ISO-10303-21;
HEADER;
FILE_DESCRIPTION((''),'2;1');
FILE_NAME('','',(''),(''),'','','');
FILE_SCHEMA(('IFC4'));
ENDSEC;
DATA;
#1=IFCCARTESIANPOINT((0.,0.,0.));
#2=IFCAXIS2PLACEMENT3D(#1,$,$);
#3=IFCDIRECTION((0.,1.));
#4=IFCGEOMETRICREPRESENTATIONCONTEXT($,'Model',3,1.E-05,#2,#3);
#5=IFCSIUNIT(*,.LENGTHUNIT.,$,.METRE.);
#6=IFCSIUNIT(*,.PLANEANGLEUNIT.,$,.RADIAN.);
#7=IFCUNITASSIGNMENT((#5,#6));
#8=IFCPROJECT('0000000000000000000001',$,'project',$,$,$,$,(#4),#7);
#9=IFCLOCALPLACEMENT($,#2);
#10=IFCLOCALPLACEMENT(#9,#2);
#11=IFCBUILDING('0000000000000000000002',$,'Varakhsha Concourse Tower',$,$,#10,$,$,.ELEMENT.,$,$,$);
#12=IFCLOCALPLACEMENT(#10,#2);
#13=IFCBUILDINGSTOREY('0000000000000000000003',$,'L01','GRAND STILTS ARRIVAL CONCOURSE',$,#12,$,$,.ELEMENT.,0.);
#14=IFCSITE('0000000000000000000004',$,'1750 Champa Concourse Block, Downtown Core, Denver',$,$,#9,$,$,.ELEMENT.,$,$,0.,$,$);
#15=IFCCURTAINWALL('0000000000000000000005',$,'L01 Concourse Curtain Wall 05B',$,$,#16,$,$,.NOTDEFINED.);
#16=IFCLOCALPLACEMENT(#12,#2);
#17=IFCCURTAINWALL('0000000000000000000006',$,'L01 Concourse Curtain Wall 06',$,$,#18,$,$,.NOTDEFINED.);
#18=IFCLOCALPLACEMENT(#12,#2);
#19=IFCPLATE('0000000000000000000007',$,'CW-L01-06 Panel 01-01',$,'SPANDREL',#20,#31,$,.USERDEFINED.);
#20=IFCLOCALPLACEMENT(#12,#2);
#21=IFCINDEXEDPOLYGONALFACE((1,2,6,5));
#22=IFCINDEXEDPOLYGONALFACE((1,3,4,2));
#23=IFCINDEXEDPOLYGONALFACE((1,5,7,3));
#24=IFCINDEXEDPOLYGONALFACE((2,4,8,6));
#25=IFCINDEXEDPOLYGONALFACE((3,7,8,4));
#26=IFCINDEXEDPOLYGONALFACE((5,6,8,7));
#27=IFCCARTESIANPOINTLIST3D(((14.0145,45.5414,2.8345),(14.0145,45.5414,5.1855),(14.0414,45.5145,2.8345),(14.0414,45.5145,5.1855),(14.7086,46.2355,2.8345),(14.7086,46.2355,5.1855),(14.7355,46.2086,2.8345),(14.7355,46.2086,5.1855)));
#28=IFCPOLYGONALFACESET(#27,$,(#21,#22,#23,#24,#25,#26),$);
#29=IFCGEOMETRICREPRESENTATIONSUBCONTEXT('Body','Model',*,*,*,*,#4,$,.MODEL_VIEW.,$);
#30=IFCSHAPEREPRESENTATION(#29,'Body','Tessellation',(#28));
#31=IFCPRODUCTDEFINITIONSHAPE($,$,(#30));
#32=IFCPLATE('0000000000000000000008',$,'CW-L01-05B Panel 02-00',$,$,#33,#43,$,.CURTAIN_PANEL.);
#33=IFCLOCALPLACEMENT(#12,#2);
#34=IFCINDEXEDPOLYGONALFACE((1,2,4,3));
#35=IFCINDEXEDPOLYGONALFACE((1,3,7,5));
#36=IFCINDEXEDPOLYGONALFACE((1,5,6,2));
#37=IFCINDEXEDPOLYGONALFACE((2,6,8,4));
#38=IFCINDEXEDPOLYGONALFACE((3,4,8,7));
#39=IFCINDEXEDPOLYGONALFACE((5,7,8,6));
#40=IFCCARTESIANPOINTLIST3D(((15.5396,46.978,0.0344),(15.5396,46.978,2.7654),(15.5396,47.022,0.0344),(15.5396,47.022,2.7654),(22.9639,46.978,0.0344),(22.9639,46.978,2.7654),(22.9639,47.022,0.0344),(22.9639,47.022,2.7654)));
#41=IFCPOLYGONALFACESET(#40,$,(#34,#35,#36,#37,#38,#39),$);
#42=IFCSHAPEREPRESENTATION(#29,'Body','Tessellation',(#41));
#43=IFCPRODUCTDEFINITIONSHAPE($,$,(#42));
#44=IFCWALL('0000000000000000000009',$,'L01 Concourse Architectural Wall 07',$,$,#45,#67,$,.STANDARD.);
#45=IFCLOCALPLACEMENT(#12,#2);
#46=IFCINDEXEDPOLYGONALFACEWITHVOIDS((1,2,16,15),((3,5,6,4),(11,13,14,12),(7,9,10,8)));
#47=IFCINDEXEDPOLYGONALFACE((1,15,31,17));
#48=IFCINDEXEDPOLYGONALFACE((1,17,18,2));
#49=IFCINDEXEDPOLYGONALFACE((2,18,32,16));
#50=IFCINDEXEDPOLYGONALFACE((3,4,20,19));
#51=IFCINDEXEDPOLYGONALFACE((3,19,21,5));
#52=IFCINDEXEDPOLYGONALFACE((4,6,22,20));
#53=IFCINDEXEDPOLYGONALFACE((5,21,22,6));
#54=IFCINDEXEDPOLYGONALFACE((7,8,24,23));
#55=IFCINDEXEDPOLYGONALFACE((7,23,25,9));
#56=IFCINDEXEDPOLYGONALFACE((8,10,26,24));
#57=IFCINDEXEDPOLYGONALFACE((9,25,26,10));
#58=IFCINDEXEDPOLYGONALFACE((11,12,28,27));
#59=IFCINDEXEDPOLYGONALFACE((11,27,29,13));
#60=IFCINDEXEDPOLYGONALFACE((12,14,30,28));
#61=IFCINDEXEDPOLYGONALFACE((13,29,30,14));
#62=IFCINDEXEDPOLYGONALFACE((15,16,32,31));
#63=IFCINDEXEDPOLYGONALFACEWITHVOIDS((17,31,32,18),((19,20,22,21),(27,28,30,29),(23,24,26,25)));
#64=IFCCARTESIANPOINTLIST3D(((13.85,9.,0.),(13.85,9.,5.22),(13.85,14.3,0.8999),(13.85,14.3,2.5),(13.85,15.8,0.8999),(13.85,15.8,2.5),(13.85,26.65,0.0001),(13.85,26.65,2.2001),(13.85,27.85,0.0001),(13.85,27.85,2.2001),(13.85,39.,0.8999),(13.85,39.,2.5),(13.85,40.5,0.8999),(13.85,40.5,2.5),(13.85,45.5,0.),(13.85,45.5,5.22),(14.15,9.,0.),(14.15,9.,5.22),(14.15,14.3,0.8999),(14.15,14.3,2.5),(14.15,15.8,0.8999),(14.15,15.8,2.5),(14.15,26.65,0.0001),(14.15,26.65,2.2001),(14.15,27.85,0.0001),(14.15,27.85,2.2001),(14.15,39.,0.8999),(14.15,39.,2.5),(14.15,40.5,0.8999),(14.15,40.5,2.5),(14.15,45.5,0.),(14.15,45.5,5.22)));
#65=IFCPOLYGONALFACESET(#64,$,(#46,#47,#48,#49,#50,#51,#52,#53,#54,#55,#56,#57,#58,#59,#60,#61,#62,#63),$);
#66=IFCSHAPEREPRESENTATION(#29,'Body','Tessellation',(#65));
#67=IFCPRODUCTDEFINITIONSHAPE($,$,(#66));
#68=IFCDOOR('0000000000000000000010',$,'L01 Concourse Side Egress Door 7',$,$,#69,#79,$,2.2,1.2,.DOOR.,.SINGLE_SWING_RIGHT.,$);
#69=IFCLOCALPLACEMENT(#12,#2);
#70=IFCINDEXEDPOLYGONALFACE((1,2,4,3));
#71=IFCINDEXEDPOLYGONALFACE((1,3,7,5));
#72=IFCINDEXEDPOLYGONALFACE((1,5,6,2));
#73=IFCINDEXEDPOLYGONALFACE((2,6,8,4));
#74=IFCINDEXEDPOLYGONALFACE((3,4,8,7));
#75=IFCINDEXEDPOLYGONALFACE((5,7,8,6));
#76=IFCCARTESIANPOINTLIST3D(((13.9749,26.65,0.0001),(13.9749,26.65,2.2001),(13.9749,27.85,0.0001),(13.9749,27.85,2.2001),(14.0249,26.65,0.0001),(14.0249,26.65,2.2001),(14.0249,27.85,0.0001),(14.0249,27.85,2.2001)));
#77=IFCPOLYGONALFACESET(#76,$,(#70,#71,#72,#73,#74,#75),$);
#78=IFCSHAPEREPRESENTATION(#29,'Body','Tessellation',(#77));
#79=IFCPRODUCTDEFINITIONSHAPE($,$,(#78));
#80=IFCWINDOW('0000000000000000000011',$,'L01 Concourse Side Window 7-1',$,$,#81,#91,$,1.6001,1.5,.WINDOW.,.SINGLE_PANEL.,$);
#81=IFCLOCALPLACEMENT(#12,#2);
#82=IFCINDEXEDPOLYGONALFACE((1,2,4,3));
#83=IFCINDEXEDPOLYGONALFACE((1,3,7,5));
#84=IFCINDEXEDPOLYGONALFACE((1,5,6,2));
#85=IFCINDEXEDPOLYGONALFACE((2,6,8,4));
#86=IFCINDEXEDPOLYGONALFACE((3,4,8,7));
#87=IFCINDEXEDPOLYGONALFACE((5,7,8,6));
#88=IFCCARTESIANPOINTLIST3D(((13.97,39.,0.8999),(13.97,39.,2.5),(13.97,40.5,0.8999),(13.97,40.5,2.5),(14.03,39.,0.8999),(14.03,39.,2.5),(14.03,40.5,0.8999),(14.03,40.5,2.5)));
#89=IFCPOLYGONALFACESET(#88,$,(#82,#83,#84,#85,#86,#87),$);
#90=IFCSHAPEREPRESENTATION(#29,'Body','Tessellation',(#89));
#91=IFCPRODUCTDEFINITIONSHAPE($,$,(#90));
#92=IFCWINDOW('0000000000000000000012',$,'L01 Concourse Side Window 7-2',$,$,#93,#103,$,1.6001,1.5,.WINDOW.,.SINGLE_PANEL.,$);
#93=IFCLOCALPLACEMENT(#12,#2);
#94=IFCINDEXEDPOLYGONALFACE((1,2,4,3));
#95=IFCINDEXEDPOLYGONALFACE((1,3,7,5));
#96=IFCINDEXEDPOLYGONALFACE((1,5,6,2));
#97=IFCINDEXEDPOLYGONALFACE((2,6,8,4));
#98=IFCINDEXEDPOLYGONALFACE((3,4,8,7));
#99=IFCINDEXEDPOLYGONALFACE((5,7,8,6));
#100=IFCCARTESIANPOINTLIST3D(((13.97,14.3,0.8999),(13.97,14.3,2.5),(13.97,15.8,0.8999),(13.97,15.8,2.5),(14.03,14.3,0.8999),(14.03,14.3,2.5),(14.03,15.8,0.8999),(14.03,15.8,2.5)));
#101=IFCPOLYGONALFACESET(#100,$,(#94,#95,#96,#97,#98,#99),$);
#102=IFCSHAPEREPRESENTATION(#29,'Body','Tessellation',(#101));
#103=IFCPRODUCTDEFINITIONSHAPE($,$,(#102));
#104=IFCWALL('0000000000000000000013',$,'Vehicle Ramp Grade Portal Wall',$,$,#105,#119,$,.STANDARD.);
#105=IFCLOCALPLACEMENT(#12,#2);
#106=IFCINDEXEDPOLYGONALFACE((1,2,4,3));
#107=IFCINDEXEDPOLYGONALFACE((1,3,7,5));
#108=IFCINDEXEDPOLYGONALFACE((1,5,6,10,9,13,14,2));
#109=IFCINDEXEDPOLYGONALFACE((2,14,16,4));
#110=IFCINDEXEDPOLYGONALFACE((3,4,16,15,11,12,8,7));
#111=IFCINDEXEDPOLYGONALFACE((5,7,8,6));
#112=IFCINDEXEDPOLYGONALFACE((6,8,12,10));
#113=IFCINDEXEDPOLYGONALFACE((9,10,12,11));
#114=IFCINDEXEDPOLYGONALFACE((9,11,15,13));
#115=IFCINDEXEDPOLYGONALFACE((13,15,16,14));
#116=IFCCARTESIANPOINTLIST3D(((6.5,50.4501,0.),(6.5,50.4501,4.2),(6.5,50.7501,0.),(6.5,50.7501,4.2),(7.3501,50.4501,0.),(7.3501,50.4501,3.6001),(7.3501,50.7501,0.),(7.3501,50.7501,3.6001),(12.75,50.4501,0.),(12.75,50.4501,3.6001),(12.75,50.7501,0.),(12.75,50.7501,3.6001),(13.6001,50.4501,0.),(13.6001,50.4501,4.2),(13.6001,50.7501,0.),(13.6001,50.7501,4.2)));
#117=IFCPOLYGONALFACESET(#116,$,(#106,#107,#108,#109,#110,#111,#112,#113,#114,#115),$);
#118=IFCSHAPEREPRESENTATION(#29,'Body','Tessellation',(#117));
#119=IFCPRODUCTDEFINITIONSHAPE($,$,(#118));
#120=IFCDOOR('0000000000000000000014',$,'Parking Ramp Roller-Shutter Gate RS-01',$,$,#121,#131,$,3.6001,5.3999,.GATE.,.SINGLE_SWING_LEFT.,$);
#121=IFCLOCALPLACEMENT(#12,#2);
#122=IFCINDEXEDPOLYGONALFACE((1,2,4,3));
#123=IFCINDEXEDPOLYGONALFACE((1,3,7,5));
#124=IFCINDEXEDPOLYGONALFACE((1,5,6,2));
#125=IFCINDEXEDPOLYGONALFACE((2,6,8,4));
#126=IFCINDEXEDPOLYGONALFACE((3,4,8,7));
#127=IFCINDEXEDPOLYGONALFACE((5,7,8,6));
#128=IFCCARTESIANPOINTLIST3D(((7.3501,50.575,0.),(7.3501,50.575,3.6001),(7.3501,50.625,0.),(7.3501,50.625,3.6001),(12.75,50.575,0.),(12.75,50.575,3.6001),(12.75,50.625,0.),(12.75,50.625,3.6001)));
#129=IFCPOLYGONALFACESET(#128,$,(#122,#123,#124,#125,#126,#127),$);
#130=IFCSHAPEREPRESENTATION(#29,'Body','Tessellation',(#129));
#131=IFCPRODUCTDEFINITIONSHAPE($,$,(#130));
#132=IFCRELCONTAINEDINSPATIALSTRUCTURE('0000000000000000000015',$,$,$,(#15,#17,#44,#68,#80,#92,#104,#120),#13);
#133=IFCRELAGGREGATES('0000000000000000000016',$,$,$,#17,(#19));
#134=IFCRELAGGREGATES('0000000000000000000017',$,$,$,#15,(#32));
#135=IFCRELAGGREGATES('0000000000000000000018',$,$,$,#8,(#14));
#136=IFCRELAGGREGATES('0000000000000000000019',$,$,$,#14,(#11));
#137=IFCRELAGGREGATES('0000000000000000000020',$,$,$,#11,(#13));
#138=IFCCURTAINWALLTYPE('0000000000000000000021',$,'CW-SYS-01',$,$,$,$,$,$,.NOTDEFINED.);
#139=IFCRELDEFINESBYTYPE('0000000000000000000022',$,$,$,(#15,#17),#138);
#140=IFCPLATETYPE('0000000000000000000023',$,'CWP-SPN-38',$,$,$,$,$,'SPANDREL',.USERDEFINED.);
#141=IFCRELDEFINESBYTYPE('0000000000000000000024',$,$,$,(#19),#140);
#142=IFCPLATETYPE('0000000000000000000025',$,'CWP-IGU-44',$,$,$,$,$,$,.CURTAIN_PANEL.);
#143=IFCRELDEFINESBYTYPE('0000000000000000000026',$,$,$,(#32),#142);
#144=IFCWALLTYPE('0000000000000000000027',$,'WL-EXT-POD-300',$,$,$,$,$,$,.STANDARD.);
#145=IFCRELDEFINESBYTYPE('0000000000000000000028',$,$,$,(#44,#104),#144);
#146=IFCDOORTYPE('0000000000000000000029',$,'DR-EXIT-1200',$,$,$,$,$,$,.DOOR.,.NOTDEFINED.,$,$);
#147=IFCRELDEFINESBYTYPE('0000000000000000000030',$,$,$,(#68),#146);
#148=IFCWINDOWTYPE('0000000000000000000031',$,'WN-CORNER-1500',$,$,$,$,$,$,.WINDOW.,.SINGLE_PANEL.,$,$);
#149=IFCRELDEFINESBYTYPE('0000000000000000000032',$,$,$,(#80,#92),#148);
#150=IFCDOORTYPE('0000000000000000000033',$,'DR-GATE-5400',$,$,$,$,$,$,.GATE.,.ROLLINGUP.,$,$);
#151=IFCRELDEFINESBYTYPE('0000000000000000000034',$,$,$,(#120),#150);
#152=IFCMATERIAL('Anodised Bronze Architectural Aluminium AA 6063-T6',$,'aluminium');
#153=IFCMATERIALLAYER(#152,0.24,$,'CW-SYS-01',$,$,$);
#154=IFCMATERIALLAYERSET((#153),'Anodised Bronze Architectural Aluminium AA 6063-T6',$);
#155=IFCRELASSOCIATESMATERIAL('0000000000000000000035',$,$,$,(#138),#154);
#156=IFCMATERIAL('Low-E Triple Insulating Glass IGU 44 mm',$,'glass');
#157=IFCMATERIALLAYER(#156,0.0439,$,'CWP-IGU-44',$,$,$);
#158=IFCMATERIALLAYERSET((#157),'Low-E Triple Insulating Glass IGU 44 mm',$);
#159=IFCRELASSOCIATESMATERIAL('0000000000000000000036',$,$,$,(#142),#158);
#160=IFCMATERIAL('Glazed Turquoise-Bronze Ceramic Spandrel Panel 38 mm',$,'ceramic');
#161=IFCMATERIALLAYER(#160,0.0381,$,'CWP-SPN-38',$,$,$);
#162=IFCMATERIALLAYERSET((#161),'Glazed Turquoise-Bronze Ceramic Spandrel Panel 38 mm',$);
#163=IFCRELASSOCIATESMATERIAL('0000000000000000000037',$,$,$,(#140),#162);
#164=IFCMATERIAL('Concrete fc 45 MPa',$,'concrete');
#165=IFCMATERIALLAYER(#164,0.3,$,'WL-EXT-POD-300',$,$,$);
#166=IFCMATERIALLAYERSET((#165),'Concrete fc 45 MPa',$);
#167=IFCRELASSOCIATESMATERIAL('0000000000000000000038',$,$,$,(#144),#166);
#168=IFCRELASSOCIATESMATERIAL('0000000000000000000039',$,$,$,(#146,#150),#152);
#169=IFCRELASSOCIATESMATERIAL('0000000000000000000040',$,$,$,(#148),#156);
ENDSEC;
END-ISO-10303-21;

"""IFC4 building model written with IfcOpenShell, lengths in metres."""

from ifc_helpers import new_model, si_unit, direction, frame, frame_2d, origin, origin_2d, place, context, subcontext, project, spatial, rectangle, extrude, source, transform, mapped, material, layer, layer_set, type_object, type_shapes, element, fill, aggregate, save


model = new_model("IFC4")

# Units and contexts
model_context = context("Model", 3, precision=1e-05, world=origin(), true_north=direction((0.0, 1.0)))
body_context = subcontext(model_context, "Body", "Model", "MODEL_VIEW")
ifc_project = project(units=[si_unit("LENGTHUNIT", "METRE"), si_unit("PLANEANGLEUNIT", "RADIAN")], contexts=[model_context])

# Site, building, storey
site_placement = place(None, origin())
site = spatial("IfcSite", under=ifc_project, at=site_placement, Name="1750 Champa Concourse Block, Downtown Core, Denver", CompositionType="ELEMENT", RefElevation=0.0)
building_placement = place(site_placement, origin())
building = spatial("IfcBuilding", under=site, at=building_placement, Name="Varakhsha Concourse Tower", CompositionType="ELEMENT")
storey_placement = place(building_placement, origin())
storey = spatial("IfcBuildingStorey", under=building, at=storey_placement, Name="L01", Description="GRAND STILTS ARRIVAL CONCOURSE", CompositionType="ELEMENT", Elevation=0.0)

# Curtain wall
ifc_material_1 = material(Name="Anodised Bronze Architectural Aluminium AA 6063-T6", Category="aluminium")
ifc_layer_1 = layer(ifc_material_1, 0.24, Name="CW-SYS-01")
ifc_layer_set_1 = layer_set([ifc_layer_1], Name="Anodised Bronze Architectural Aluminium AA 6063-T6")
curtain_wall_type = type_object("IfcCurtainWallType", Name="CW-SYS-01", PredefinedType="NOTDEFINED", material=ifc_layer_set_1)
curtain_wall_1_placement = place(storey_placement, origin())
curtain_wall_1 = element("IfcCurtainWall", 1, at=curtain_wall_1_placement, inside=storey, type_object=curtain_wall_type, Name="L01 Concourse Curtain Wall 05B", PredefinedType="NOTDEFINED")

# Curtain wall, plate
curtain_wall_2_placement = place(storey_placement, origin())
curtain_wall_2 = element("IfcCurtainWall", 2, at=curtain_wall_2_placement, inside=storey, type_object=curtain_wall_type, Name="L01 Concourse Curtain Wall 06", PredefinedType="NOTDEFINED")
ifc_material_2 = material(Name="Low-E Triple Insulating Glass IGU 44 mm", Category="glass")
ifc_layer_2 = layer(ifc_material_2, 0.0439, Name="CWP-IGU-44")
ifc_layer_set_2 = layer_set([ifc_layer_2], Name="Low-E Triple Insulating Glass IGU 44 mm")
plate_type_1 = type_object("IfcPlateType", Name="CWP-IGU-44", PredefinedType="CURTAIN_PANEL", material=ifc_layer_set_2)
ifc_material_3 = material(Name="Glazed Turquoise-Bronze Ceramic Spandrel Panel 38 mm", Category="ceramic")
ifc_layer_3 = layer(ifc_material_3, 0.0381, Name="CWP-SPN-38")
ifc_layer_set_3 = layer_set([ifc_layer_3], Name="Glazed Turquoise-Bronze Ceramic Spandrel Panel 38 mm")
plate_type_2 = type_object("IfcPlateType", Name="CWP-SPN-38", ElementType="SPANDREL", PredefinedType="USERDEFINED", material=ifc_layer_set_3)
shared_shape_1 = source(origin(), body_context, "Body", "SweptSolid", [
    extrude(rectangle(XDim=0.9817, YDim=0.0381, at=origin_2d()), origin(), (0.0, 0.0, 1.0), 2.3511),
])
type_shapes(plate_type_2, [shared_shape_1])
plate_1_placement = place(storey_placement, frame((14.375, 45.875, 2.8345), z_axis=(0.0, 0.0, 1.0), x_axis=(-0.707107, -0.707107, 0.0)))
plate_1 = element("IfcPlate", 3, at=plate_1_placement, type_object=plate_type_2, Name="CW-L01-06 Panel 01-01", ObjectType="SPANDREL", PredefinedType="USERDEFINED", context=body_context, shape_type="MappedRepresentation", body=[
    mapped(shared_shape_1, transform((0.0, 0.0, 0.0), scale=1.0)),
])
aggregate(curtain_wall_2, [plate_1])

# Plate
shared_shape_2 = source(origin(), body_context, "Body", "SweptSolid", [
    extrude(rectangle(XDim=7.4243, YDim=0.0439, at=origin_2d()), origin(), (0.0, 0.0, 1.0), 2.731),
])
plate_2_placement = place(storey_placement, frame((19.2517, 47.0, 0.0344), z_axis=(0.0, 0.0, 1.0), x_axis=(-1.0, 0.0, 0.0)))
plate_2 = element("IfcPlate", 4, at=plate_2_placement, type_object=plate_type_1, Name="CW-L01-05B Panel 02-00", PredefinedType="CURTAIN_PANEL", context=body_context, shape_type="MappedRepresentation", body=[
    mapped(shared_shape_2, transform((0.0, 0.0, 0.0), scale=1.0)),
])
aggregate(curtain_wall_1, [plate_2])

# Wall, openings, door, windows
ifc_material_4 = material(Name="Concrete fc 45 MPa", Category="concrete")
ifc_layer_4 = layer(ifc_material_4, 0.3, Name="WL-EXT-POD-300")
ifc_layer_set_4 = layer_set([ifc_layer_4], Name="Concrete fc 45 MPa")
wall_type = type_object("IfcWallType", Name="WL-EXT-POD-300", PredefinedType="STANDARD", material=ifc_layer_set_4)
wall_1_placement = place(storey_placement, frame((14.0, 45.5, 0.0), z_axis=(0.0, 0.0, 1.0), x_axis=(0.0, -1.0, 0.0)))
wall_1 = element("IfcWall", 5, at=wall_1_placement, inside=storey, type_object=wall_type, Name="L01 Concourse Architectural Wall 07", PredefinedType="STANDARD", context=body_context, shape_type="SweptSolid", body=[
    extrude(rectangle(XDim=36.5, YDim=0.3, at=frame_2d((18.25, 0.0))), origin(), (0.0, 0.0, 1.0), 5.22),
])
opening_1_placement = place(wall_1_placement, frame((17.6499, 0.0, 0.0)))
opening_1 = element("IfcOpeningElement", 6, at=opening_1_placement, cuts=wall_1, PredefinedType="OPENING", context=body_context, shape_type="SweptSolid", body=[
    extrude(rectangle(XDim=1.2, YDim=2.2, at=frame_2d((0.6001, 1.1001))), frame((0.0, 0.1599, 0.0), z_axis=(0.0, -1.0, 0.0), x_axis=(1.0, 0.0, 0.0)), (0.0, 0.0, 1.0), 0.3201),
])
opening_2_placement = place(wall_1_placement, frame((5.0, 0.0, 0.8999)))
opening_2 = element("IfcOpeningElement", 7, at=opening_2_placement, cuts=wall_1, PredefinedType="OPENING", context=body_context, shape_type="SweptSolid", body=[
    extrude(rectangle(XDim=1.5, YDim=1.6001, at=frame_2d((0.75, 0.8))), frame((0.0, 0.1599, 0.0), z_axis=(0.0, -1.0, 0.0), x_axis=(1.0, 0.0, 0.0)), (0.0, 0.0, 1.0), 0.3201),
])
opening_3_placement = place(wall_1_placement, frame((29.7, 0.0, 0.8999)))
opening_3 = element("IfcOpeningElement", 8, at=opening_3_placement, cuts=wall_1, PredefinedType="OPENING", context=body_context, shape_type="SweptSolid", body=[
    extrude(rectangle(XDim=1.5, YDim=1.6001, at=frame_2d((0.75, 0.8))), frame((0.0, 0.1599, 0.0), z_axis=(0.0, -1.0, 0.0), x_axis=(1.0, 0.0, 0.0)), (0.0, 0.0, 1.0), 0.3201),
])
door_type_1 = type_object("IfcDoorType", Name="DR-EXIT-1200", OperationType="NOTDEFINED", PredefinedType="DOOR", material=ifc_material_1)
door_1_placement = place(opening_1_placement, origin())
door_1 = element("IfcDoor", 9, at=door_1_placement, inside=storey, type_object=door_type_1, Name="L01 Concourse Side Egress Door 7", OperationType="SINGLE_SWING_RIGHT", OverallHeight=2.2, OverallWidth=1.2, PredefinedType="DOOR", context=body_context, shape_type="SweptSolid", body=[
    extrude(rectangle(XDim=1.2, YDim=2.2, at=frame_2d((0.6001, 1.1001))), frame((0.0, 0.0249, 0.0), z_axis=(0.0, -1.0, 0.0), x_axis=(1.0, 0.0, 0.0)), (0.0, 0.0, 1.0), 0.05),
])
fill(opening_1, door_1)
window_type = type_object("IfcWindowType", Name="WN-CORNER-1500", PartitioningType="SINGLE_PANEL", PredefinedType="WINDOW", material=ifc_material_2)
window_1_placement = place(opening_2_placement, origin())
window_1 = element("IfcWindow", 10, at=window_1_placement, inside=storey, type_object=window_type, Name="L01 Concourse Side Window 7-1", OverallHeight=1.6001, OverallWidth=1.5, PartitioningType="SINGLE_PANEL", PredefinedType="WINDOW", context=body_context, shape_type="SweptSolid", body=[
    extrude(rectangle(XDim=1.5, YDim=1.6001, at=frame_2d((0.75, 0.8))), frame((0.0, 0.03, 0.0), z_axis=(0.0, -1.0, 0.0), x_axis=(1.0, 0.0, 0.0)), (0.0, 0.0, 1.0), 0.0601),
])
fill(opening_2, window_1)
window_2_placement = place(opening_3_placement, origin())
window_2 = element("IfcWindow", 11, at=window_2_placement, inside=storey, type_object=window_type, Name="L01 Concourse Side Window 7-2", OverallHeight=1.6001, OverallWidth=1.5, PartitioningType="SINGLE_PANEL", PredefinedType="WINDOW", context=body_context, shape_type="SweptSolid", body=[
    extrude(rectangle(XDim=1.5, YDim=1.6001, at=frame_2d((0.75, 0.8))), frame((0.0, 0.03, 0.0), z_axis=(0.0, -1.0, 0.0), x_axis=(1.0, 0.0, 0.0)), (0.0, 0.0, 1.0), 0.0601),
])
fill(opening_3, window_2)

# Wall, opening, door
wall_2_placement = place(storey_placement, frame((6.5, 50.6001, 0.0), z_axis=(0.0, 0.0, 1.0), x_axis=(1.0, 0.0, 0.0)))
wall_2 = element("IfcWall", 12, at=wall_2_placement, inside=storey, type_object=wall_type, Name="Vehicle Ramp Grade Portal Wall", PredefinedType="STANDARD", context=body_context, shape_type="SweptSolid", body=[
    extrude(rectangle(XDim=7.1001, YDim=0.3, at=frame_2d((3.55, 0.0))), origin(), (0.0, 0.0, 1.0), 4.2),
])
opening_4_placement = place(wall_2_placement, frame((0.8501, 0.0, 0.0)))
opening_4 = element("IfcOpeningElement", 13, at=opening_4_placement, cuts=wall_2, PredefinedType="OPENING", context=body_context, shape_type="SweptSolid", body=[
    extrude(rectangle(XDim=5.3999, YDim=3.6001, at=frame_2d((2.7, 1.8))), frame((0.0, 0.1599, 0.0), z_axis=(0.0, -1.0, 0.0), x_axis=(1.0, 0.0, 0.0)), (0.0, 0.0, 1.0), 0.3201),
])
door_type_2 = type_object("IfcDoorType", Name="DR-GATE-5400", OperationType="ROLLINGUP", PredefinedType="GATE", material=ifc_material_1)
door_2_placement = place(opening_4_placement, origin())
door_2 = element("IfcDoor", 14, at=door_2_placement, inside=storey, type_object=door_type_2, Name="Parking Ramp Roller-Shutter Gate RS-01", OperationType="SINGLE_SWING_LEFT", OverallHeight=3.6001, OverallWidth=5.3999, PredefinedType="GATE", context=body_context, shape_type="SweptSolid", body=[
    extrude(rectangle(XDim=5.3999, YDim=3.6001, at=frame_2d((2.7, 1.8))), frame((0.0, 0.0249, 0.0), z_axis=(0.0, -1.0, 0.0), x_axis=(1.0, 0.0, 0.0)), (0.0, 0.0, 1.0), 0.05),
])
fill(opening_4, door_2)

save(model, "model.ifc")
